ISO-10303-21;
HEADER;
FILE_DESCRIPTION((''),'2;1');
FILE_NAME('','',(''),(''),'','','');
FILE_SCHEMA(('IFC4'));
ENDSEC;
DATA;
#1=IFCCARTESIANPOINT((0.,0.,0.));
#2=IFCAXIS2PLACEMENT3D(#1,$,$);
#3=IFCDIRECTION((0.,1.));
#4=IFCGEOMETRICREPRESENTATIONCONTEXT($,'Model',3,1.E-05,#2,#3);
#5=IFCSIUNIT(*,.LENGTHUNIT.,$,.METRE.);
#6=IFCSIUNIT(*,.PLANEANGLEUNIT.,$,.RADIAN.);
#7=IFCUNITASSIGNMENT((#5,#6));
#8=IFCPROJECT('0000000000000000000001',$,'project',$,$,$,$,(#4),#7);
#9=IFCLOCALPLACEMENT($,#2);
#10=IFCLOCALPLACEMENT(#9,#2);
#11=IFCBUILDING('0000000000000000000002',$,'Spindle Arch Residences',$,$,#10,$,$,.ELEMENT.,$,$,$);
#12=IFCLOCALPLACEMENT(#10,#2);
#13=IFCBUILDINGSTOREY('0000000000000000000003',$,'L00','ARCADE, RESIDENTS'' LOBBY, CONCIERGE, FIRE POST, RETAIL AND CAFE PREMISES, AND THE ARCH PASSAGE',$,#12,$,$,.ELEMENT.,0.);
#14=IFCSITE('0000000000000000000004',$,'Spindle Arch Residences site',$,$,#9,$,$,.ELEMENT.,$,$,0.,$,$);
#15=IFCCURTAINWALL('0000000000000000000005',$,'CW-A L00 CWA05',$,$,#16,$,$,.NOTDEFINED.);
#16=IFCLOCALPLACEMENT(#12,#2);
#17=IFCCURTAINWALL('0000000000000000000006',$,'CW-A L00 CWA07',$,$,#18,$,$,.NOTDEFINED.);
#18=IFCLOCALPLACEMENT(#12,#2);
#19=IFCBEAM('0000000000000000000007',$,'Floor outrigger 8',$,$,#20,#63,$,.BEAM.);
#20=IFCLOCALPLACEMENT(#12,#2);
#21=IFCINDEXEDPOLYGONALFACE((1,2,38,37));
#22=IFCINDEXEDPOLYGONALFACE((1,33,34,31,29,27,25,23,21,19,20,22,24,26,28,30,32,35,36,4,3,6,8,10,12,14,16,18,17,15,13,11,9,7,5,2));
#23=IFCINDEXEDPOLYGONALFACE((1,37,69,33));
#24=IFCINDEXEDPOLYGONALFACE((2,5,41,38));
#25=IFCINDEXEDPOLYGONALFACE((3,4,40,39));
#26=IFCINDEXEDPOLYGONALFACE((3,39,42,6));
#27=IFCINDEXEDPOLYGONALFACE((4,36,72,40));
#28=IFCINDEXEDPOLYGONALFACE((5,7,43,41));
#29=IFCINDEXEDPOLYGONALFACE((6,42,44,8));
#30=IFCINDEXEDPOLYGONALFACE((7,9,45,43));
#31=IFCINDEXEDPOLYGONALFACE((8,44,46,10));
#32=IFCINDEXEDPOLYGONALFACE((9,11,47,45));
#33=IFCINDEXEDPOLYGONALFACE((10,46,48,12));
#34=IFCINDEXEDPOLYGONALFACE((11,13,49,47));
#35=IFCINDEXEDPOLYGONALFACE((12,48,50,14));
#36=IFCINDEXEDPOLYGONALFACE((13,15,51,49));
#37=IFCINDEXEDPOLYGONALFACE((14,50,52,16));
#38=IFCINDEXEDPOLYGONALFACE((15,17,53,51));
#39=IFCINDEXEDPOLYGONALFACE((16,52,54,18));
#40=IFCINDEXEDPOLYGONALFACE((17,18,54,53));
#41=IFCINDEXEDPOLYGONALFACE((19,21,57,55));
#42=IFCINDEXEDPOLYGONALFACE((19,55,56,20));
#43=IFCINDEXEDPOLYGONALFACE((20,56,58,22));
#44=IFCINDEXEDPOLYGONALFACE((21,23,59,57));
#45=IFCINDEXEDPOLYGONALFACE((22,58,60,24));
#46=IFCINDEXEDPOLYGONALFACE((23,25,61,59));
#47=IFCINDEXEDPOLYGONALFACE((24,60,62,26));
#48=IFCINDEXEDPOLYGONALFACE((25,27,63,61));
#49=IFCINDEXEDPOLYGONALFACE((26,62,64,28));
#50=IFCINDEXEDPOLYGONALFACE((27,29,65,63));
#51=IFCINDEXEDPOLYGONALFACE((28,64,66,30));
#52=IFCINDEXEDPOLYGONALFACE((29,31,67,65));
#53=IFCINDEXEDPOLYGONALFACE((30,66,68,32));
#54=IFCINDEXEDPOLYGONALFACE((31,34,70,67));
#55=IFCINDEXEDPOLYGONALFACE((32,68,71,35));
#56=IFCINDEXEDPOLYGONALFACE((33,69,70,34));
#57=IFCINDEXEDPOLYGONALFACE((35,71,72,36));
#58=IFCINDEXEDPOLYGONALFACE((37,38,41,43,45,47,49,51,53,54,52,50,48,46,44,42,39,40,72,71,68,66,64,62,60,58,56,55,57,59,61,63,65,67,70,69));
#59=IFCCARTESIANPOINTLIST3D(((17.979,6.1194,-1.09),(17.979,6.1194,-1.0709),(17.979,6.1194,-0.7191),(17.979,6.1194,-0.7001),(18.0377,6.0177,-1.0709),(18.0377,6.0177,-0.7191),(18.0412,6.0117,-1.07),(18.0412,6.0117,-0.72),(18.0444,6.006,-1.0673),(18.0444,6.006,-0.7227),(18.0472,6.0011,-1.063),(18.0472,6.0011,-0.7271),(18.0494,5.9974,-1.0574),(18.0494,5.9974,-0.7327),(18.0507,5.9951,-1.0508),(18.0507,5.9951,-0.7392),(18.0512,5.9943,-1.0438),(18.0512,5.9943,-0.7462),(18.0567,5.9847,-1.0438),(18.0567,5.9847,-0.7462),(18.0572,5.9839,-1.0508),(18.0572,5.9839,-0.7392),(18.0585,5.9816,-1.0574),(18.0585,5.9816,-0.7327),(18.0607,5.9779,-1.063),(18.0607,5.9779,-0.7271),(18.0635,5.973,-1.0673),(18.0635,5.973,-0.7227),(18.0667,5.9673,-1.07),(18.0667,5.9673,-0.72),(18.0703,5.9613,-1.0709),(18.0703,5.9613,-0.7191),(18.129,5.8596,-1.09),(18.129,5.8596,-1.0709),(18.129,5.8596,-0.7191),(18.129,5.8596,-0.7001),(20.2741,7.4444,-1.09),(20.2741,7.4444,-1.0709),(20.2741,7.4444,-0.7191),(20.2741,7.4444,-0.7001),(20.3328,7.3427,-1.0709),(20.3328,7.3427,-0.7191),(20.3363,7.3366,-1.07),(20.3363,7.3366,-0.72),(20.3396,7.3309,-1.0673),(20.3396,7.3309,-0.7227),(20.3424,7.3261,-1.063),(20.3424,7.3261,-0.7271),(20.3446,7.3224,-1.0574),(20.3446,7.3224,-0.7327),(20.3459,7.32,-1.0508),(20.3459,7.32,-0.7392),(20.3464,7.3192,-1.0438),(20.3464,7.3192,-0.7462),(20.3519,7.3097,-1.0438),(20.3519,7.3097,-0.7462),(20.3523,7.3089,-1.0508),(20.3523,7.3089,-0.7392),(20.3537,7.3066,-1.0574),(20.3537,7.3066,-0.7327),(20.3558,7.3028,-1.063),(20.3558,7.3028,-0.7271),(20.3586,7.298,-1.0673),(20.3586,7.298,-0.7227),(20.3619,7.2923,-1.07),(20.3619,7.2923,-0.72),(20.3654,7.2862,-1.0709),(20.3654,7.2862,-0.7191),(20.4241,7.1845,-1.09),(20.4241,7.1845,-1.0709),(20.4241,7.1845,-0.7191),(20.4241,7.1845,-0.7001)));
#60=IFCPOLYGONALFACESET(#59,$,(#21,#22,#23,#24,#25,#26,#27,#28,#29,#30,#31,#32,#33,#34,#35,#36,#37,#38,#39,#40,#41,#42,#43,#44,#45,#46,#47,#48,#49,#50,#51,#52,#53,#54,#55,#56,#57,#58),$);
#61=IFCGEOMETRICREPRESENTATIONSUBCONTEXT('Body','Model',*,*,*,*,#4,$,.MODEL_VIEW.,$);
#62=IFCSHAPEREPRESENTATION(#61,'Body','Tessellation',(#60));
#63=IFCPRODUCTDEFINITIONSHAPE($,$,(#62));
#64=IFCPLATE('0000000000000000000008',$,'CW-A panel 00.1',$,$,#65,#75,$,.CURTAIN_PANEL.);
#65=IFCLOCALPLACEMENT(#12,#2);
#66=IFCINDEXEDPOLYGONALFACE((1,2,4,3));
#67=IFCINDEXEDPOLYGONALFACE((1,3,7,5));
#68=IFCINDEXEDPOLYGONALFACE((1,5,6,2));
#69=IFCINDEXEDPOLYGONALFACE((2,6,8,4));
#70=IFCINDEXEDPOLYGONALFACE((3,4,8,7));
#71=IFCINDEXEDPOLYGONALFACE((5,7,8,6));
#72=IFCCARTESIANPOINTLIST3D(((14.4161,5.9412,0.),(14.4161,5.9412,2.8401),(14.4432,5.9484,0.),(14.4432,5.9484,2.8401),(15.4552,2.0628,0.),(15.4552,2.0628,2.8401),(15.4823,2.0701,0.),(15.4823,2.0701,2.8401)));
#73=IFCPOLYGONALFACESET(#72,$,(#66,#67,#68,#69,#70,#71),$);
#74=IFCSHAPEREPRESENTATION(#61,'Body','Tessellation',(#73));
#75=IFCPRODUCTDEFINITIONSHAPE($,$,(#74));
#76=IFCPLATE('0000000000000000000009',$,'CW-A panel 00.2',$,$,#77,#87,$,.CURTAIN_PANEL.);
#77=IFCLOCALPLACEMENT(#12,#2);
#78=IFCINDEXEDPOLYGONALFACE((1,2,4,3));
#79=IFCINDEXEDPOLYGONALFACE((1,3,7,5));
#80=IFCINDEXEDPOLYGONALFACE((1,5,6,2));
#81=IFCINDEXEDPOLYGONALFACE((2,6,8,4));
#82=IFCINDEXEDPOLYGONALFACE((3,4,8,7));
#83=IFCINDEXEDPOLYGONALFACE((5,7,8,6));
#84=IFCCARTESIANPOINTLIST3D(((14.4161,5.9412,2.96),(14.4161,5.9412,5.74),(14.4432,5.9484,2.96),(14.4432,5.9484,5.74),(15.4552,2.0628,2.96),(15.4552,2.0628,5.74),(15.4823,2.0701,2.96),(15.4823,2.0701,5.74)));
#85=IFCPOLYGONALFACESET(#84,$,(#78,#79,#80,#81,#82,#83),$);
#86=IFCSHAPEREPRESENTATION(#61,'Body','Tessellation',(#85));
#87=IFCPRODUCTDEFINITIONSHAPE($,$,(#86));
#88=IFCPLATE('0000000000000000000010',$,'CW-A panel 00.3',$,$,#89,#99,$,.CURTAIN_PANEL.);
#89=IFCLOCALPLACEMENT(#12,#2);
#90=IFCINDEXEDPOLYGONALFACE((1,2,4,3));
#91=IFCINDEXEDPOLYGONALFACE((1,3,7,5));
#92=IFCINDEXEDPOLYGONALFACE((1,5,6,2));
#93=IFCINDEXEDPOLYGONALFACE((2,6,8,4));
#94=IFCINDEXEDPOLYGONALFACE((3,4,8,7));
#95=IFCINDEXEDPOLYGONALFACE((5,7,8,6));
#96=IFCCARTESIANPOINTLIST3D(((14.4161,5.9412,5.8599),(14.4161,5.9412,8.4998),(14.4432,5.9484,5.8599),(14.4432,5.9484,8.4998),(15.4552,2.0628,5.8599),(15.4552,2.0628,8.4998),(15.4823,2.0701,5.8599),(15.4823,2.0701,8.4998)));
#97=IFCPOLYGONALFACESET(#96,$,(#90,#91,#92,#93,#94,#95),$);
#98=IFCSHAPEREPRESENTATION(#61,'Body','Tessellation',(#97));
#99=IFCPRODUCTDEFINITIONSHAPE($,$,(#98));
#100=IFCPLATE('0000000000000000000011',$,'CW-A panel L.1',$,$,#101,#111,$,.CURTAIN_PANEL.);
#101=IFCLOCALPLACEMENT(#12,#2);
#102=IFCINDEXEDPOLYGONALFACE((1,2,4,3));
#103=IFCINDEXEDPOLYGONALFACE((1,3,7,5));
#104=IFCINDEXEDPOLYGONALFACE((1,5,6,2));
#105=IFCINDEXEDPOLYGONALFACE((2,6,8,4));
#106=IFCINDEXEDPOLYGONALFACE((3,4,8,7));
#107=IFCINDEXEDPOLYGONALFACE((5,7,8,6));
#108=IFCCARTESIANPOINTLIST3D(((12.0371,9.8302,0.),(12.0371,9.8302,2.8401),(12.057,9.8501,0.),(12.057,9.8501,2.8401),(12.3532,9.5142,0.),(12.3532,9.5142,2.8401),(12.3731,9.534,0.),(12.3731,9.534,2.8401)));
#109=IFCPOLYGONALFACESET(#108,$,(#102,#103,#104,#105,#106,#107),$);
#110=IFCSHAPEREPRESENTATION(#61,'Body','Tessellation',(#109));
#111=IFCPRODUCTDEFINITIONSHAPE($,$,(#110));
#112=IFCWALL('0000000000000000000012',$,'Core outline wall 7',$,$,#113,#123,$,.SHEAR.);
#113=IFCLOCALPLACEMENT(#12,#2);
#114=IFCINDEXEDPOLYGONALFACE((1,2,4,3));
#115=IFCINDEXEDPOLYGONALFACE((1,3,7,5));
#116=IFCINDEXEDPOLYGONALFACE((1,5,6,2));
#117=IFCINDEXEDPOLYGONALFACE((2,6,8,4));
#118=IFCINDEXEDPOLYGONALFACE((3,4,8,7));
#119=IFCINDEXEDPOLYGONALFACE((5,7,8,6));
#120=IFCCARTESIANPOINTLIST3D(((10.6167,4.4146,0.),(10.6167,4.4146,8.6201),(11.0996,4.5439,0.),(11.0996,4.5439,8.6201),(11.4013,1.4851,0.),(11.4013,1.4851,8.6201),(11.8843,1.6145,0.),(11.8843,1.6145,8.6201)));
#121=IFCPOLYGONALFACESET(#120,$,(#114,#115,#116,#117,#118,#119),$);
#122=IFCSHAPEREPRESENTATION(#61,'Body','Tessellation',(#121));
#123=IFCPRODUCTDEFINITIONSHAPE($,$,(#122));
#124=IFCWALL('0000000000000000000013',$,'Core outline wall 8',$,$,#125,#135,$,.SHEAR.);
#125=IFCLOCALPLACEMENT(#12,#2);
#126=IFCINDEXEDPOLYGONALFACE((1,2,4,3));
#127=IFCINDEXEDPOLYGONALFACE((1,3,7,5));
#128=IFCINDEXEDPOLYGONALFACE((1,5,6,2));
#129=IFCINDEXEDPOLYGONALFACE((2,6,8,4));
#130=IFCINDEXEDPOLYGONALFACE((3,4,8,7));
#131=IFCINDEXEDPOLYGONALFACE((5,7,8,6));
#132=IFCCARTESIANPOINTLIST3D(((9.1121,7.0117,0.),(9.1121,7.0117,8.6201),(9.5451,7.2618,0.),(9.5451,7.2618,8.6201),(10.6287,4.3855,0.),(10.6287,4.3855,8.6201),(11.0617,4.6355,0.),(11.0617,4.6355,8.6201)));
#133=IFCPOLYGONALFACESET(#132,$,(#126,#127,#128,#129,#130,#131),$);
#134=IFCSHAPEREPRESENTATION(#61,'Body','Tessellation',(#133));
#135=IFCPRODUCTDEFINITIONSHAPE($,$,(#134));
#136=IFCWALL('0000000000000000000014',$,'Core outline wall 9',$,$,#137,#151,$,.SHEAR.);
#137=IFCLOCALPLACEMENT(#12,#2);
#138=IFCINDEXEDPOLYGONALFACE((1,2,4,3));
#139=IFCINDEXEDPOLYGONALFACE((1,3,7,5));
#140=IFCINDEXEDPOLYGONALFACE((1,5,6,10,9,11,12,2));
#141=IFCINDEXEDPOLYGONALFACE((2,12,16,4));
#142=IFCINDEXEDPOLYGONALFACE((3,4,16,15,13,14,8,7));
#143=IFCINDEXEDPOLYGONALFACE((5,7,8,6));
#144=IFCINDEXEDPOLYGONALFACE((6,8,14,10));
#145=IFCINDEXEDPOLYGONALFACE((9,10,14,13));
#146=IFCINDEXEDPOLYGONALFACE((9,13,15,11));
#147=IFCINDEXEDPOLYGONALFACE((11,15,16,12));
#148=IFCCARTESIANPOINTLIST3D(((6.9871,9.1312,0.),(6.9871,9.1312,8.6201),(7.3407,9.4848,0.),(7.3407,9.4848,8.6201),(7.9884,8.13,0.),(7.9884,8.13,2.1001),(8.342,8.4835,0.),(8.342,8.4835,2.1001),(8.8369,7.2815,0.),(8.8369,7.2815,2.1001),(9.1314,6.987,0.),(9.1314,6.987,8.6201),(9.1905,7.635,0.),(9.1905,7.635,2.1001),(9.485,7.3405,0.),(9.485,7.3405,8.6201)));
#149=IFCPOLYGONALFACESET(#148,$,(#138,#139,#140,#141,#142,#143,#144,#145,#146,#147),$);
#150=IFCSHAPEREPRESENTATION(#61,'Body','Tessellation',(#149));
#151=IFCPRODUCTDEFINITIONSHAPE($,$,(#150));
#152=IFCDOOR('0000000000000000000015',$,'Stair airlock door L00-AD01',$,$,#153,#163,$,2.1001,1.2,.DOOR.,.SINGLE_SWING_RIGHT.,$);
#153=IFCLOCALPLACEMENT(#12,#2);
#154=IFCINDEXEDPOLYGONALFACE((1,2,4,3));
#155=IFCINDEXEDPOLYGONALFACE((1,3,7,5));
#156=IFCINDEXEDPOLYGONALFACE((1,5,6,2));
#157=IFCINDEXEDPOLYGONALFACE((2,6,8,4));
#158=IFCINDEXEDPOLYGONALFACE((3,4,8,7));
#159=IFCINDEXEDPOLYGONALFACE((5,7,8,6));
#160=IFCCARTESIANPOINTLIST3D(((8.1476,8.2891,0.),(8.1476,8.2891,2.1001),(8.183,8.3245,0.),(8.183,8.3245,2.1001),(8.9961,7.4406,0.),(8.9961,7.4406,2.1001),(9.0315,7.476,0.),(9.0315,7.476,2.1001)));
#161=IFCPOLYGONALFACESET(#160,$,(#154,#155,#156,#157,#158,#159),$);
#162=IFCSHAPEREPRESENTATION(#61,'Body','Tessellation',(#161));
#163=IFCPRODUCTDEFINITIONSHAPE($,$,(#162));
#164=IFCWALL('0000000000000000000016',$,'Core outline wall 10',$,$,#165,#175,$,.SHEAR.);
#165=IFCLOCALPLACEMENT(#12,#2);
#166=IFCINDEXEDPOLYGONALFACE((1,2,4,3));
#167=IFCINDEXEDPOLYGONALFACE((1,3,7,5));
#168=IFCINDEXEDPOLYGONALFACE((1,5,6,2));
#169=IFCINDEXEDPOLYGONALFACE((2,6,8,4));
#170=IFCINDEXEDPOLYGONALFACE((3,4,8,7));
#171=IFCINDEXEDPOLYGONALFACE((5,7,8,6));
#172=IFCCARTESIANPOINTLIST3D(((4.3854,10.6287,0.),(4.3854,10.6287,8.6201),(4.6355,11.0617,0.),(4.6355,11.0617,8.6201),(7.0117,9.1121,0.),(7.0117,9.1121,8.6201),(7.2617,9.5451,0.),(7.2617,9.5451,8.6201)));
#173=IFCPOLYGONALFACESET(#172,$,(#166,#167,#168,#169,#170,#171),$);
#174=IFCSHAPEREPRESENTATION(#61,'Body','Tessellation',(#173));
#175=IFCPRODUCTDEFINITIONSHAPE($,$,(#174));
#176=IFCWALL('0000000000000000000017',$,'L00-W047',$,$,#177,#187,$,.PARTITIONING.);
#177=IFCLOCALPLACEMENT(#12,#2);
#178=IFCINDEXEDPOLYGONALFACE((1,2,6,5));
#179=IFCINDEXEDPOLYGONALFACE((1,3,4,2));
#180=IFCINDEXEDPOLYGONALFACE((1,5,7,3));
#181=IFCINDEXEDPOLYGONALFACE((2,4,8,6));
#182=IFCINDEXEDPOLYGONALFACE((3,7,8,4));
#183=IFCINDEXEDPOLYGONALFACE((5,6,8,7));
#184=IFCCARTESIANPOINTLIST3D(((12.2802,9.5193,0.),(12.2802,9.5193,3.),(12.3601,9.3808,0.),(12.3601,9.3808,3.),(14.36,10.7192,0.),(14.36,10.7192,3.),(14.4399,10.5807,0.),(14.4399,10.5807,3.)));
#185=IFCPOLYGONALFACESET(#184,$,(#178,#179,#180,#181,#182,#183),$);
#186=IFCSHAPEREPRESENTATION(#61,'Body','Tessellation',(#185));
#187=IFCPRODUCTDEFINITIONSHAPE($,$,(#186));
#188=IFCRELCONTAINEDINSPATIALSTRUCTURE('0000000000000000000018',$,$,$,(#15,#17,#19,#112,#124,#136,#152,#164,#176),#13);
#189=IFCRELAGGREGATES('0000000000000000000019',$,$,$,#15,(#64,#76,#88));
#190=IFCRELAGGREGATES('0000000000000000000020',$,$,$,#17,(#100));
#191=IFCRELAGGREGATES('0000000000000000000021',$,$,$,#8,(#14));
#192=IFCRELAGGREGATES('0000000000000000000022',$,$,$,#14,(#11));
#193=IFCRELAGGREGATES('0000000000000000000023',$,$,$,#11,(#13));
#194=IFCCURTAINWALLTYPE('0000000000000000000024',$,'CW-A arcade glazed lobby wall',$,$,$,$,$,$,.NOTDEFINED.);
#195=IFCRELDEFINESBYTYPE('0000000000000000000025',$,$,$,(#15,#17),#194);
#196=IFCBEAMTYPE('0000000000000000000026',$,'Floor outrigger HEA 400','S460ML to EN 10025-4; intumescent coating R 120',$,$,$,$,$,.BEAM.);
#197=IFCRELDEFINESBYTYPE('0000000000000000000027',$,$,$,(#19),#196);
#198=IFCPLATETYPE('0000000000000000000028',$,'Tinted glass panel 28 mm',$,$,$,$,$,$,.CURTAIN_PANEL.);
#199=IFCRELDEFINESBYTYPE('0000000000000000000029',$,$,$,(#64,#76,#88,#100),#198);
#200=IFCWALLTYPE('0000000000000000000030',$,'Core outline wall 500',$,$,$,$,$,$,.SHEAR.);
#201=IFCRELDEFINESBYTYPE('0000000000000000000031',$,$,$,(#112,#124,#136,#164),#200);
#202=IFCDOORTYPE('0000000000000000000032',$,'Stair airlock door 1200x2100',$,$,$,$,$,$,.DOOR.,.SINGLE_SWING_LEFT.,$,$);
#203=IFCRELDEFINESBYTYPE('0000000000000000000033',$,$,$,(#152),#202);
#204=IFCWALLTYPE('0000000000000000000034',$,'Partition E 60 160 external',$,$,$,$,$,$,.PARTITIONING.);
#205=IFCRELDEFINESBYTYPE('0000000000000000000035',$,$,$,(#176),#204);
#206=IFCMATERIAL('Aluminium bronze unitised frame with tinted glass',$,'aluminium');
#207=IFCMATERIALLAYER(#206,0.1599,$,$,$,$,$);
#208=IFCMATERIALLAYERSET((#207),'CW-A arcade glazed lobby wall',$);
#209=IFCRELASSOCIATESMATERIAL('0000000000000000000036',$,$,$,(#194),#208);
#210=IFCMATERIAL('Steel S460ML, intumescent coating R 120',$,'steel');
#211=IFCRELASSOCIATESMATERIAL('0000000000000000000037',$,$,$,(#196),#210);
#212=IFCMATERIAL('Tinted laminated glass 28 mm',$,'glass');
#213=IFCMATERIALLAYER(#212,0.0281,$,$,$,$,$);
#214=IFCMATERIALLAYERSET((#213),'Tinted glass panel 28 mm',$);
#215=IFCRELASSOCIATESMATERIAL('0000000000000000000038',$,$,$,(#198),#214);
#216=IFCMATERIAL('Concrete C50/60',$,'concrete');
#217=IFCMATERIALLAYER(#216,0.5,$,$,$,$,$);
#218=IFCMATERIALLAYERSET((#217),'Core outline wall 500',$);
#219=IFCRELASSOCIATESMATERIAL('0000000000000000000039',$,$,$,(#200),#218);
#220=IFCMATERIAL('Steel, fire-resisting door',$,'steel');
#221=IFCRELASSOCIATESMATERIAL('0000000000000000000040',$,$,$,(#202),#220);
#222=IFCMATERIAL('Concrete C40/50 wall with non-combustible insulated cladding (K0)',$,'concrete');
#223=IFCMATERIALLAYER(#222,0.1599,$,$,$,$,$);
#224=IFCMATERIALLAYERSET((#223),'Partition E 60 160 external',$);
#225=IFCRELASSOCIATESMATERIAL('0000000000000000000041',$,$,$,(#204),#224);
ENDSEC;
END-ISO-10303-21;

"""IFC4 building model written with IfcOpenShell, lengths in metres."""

from ifc_helpers import new_model, si_unit, direction, frame, frame_2d, origin, origin_2d, place, context, subcontext, project, spatial, rectangle, i_section, extrude, material, layer, layer_set, material_profile, profile_set, type_object, element, fill, aggregate, save


model = new_model("IFC4")

# Units and contexts
model_context = context("Model", 3, precision=1e-05, world=origin(), true_north=direction((0.0, 1.0)))
body_context = subcontext(model_context, "Body", "Model", "MODEL_VIEW")
ifc_project = project(units=[si_unit("LENGTHUNIT", "METRE"), si_unit("PLANEANGLEUNIT", "RADIAN")], contexts=[model_context])

# Site, building, storey
site_placement = place(None, origin())
site = spatial("IfcSite", under=ifc_project, at=site_placement, Name="Spindle Arch Residences site", CompositionType="ELEMENT", RefElevation=0.0)
building_placement = place(site_placement, origin())
building = spatial("IfcBuilding", under=site, at=building_placement, Name="Spindle Arch Residences", CompositionType="ELEMENT")
storey_placement = place(building_placement, origin())
storey = spatial("IfcBuildingStorey", under=building, at=storey_placement, Name="L00", Description="ARCADE, RESIDENTS' LOBBY, CONCIERGE, FIRE POST, RETAIL AND CAFE PREMISES, AND THE ARCH PASSAGE", CompositionType="ELEMENT", Elevation=0.0)

# Curtain walls
ifc_material_1 = material(Name="Aluminium bronze unitised frame with tinted glass", Category="aluminium")
ifc_layer_1 = layer(ifc_material_1, 0.1599)
ifc_layer_set_1 = layer_set([ifc_layer_1], Name="CW-A arcade glazed lobby wall")
curtain_wall_type = type_object("IfcCurtainWallType", Name="CW-A arcade glazed lobby wall", PredefinedType="NOTDEFINED", material=ifc_layer_set_1)
curtain_wall_1_placement = place(storey_placement, origin())
curtain_wall_1 = element("IfcCurtainWall", 1, at=curtain_wall_1_placement, inside=storey, type_object=curtain_wall_type, Name="CW-A L00 CWA05", PredefinedType="NOTDEFINED")
curtain_wall_2_placement = place(storey_placement, origin())
curtain_wall_2 = element("IfcCurtainWall", 2, at=curtain_wall_2_placement, inside=storey, type_object=curtain_wall_type, Name="CW-A L00 CWA07", PredefinedType="NOTDEFINED")

# Beam
ifc_material_2 = material(Name="Steel S460ML, intumescent coating R 120", Category="steel")
ifc_material_profile_1 = material_profile(ifc_material_2, i_section(OverallWidth=0.3, OverallDepth=0.3899, WebThickness=0.011, FlangeThickness=0.019, FilletRadius=0.0271, at=origin_2d()), Name="HEA 400")
ifc_profile_set_1 = profile_set([ifc_material_profile_1], Name="Steel S460ML, intumescent coating R 120")
beam_type_1 = type_object("IfcBeamType", Name="Floor outrigger HEA 400", Description="S460ML to EN 10025-4; intumescent coating R 120", PredefinedType="BEAM", material=ifc_profile_set_1)
beam_1_placement = place(storey_placement, frame((20.3491, 7.3145, -0.895), z_axis=(-0.866052, -0.499954, 0.0), x_axis=(0.499954, -0.866052, 0.0)))
element("IfcBeam", 3, at=beam_1_placement, inside=storey, type_object=beam_type_1, Name="Floor outrigger 8", PredefinedType="BEAM", context=body_context, shape_type="SweptSolid", body=[
    extrude(i_section(OverallWidth=0.3, OverallDepth=0.3899, WebThickness=0.011, FlangeThickness=0.019, FilletRadius=0.0271, at=origin_2d()), origin(), (0.0, 0.0, 1.0), 2.6501),
])

# Plates
ifc_material_3 = material(Name="Tinted laminated glass 28 mm", Category="glass")
ifc_layer_2 = layer(ifc_material_3, 0.0281)
ifc_layer_set_2 = layer_set([ifc_layer_2], Name="Tinted glass panel 28 mm")
plate_type = type_object("IfcPlateType", Name="Tinted glass panel 28 mm", PredefinedType="CURTAIN_PANEL", material=ifc_layer_set_2)
plate_1_placement = place(storey_placement, frame((14.9492, 4.0056, 0.0), z_axis=(0.0, 0.0, 1.0), x_axis=(-0.258786, 0.965935, 0.0)))
plate_1 = element("IfcPlate", 4, at=plate_1_placement, type_object=plate_type, Name="CW-A panel 00.1", PredefinedType="CURTAIN_PANEL", context=body_context, shape_type="SweptSolid", body=[
    extrude(rectangle(XDim=4.0151, YDim=0.0281, at=origin_2d()), origin(), (0.0, 0.0, 1.0), 2.8401),
])
plate_2_placement = place(storey_placement, frame((14.9492, 4.0056, 2.96), z_axis=(0.0, 0.0, 1.0), x_axis=(-0.258786, 0.965935, 0.0)))
plate_2 = element("IfcPlate", 5, at=plate_2_placement, type_object=plate_type, Name="CW-A panel 00.2", PredefinedType="CURTAIN_PANEL", context=body_context, shape_type="SweptSolid", body=[
    extrude(rectangle(XDim=4.0151, YDim=0.0281, at=origin_2d()), origin(), (0.0, 0.0, 1.0), 2.78),
])
plate_3_placement = place(storey_placement, frame((14.9492, 4.0056, 5.8599), z_axis=(0.0, 0.0, 1.0), x_axis=(-0.258786, 0.965935, 0.0)))
plate_3 = element("IfcPlate", 6, at=plate_3_placement, type_object=plate_type, Name="CW-A panel 00.3", PredefinedType="CURTAIN_PANEL", context=body_context, shape_type="SweptSolid", body=[
    extrude(rectangle(XDim=4.0151, YDim=0.0281, at=origin_2d()), origin(), (0.0, 0.0, 1.0), 2.6399),
])
aggregate(curtain_wall_1, [plate_1, plate_2, plate_3])
plate_4_placement = place(storey_placement, frame((12.2051, 9.6821, 0.0), z_axis=(0.0, 0.0, 1.0), x_axis=(-0.707107, 0.707107, 0.0)))
plate_4 = element("IfcPlate", 7, at=plate_4_placement, type_object=plate_type, Name="CW-A panel L.1", PredefinedType="CURTAIN_PANEL", context=body_context, shape_type="SweptSolid", body=[
    extrude(rectangle(XDim=0.447, YDim=0.0281, at=origin_2d()), origin(), (0.0, 0.0, 1.0), 2.8401),
])
aggregate(curtain_wall_2, [plate_4])

# Walls
ifc_material_4 = material(Name="Concrete C50/60", Category="concrete")
ifc_layer_3 = layer(ifc_material_4, 0.5)
ifc_layer_set_3 = layer_set([ifc_layer_3], Name="Core outline wall 500")
wall_type_1 = type_object("IfcWallType", Name="Core outline wall 500", PredefinedType="SHEAR", material=ifc_layer_set_3)
for number, where, z_axis, x_axis, name in (
    (8, (11.6428, 1.5498, 0.0), (0.0, 0.0, 1.0), (-0.258735, 0.965948, 0.0), "Core outline wall 7"),
    (9, (10.8452, 4.5105, 0.0), (0.0, 0.0, 1.0), (-0.500087, 0.865975, 0.0), "Core outline wall 8"),
):
    element("IfcWall", number, at=place(storey_placement, frame(where, z_axis=z_axis, x_axis=x_axis)), inside=storey, type_object=wall_type_1, Name=name, PredefinedType="SHEAR", context=body_context, shape_type="SweptSolid", body=[
        extrude(rectangle(XDim=3.0327, YDim=0.5, at=frame_2d((1.5164, 0.0))), origin(), (0.0, 0.0, 1.0), 8.6201),
    ])

# Wall, opening, door
wall_1_placement = place(storey_placement, frame((9.3081, 7.1638, 0.0), z_axis=(0.0, 0.0, 1.0), x_axis=(-0.707107, 0.707107, 0.0)))
wall_1 = element("IfcWall", 10, at=wall_1_placement, inside=storey, type_object=wall_type_1, Name="Core outline wall 9", PredefinedType="SHEAR", context=body_context, shape_type="SweptSolid", body=[
    extrude(rectangle(XDim=3.0325, YDim=0.5, at=frame_2d((1.5161, 0.0))), origin(), (0.0, 0.0, 1.0), 8.6201),
])
opening_1_placement = place(wall_1_placement, frame((0.4163, 0.0, 0.0)))
opening_1 = element("IfcOpeningElement", 11, at=opening_1_placement, cuts=wall_1, PredefinedType="OPENING", context=body_context, shape_type="SweptSolid", body=[
    extrude(rectangle(XDim=1.2, YDim=2.1001, at=frame_2d((0.6001, 1.05))), frame((0.0, 0.26, 0.0), z_axis=(0.0, -1.0, 0.0), x_axis=(1.0, 0.0, 0.0)), (0.0, 0.0, 1.0), 0.52),
])
ifc_material_5 = material(Name="Steel, fire-resisting door", Category="steel")
door_type_1 = type_object("IfcDoorType", Name="Stair airlock door 1200x2100", OperationType="SINGLE_SWING_LEFT", PredefinedType="DOOR", material=ifc_material_5)
door_1_placement = place(opening_1_placement, origin())
door_1 = element("IfcDoor", 12, at=door_1_placement, inside=storey, type_object=door_type_1, Name="Stair airlock door L00-AD01", OperationType="SINGLE_SWING_RIGHT", OverallHeight=2.1001, OverallWidth=1.2, PredefinedType="DOOR", context=body_context, shape_type="SweptSolid", body=[
    extrude(rectangle(XDim=1.2, YDim=2.1001, at=frame_2d((0.6001, 1.05))), frame((0.0, 0.0249, 0.0), z_axis=(0.0, -1.0, 0.0), x_axis=(1.0, 0.0, 0.0)), (0.0, 0.0, 1.0), 0.05),
])
fill(opening_1, door_1)

# Walls
wall_2_placement = place(storey_placement, frame((7.1367, 9.3286, 0.0), z_axis=(0.0, 0.0, 1.0), x_axis=(-0.865975, 0.500087, 0.0)))
element("IfcWall", 13, at=wall_2_placement, inside=storey, type_object=wall_type_1, Name="Core outline wall 10", PredefinedType="SHEAR", context=body_context, shape_type="SweptSolid", body=[
    extrude(rectangle(XDim=3.0327, YDim=0.5, at=frame_2d((1.5164, 0.0))), origin(), (0.0, 0.0, 1.0), 8.6201),
])
ifc_material_6 = material(Name="Concrete C40/50 wall with non-combustible insulated cladding (K0)", Category="concrete")
ifc_layer_4 = layer(ifc_material_6, 0.1599)
ifc_layer_set_4 = layer_set([ifc_layer_4], Name="Partition E 60 160 external")
wall_type_2 = type_object("IfcWallType", Name="Partition E 60 160 external", PredefinedType="PARTITIONING", material=ifc_layer_set_4)
wall_3_placement = place(storey_placement, frame((12.3201, 9.45, 0.0), z_axis=(0.0, 0.0, 1.0), x_axis=(0.866177, 0.499737, 0.0)))
element("IfcWall", 14, at=wall_3_placement, inside=storey, type_object=wall_type_2, Name="L00-W047", PredefinedType="PARTITIONING", context=body_context, shape_type="SweptSolid", body=[
    extrude(rectangle(XDim=2.4011, YDim=0.1599, at=frame_2d((1.2007, 0.0))), origin(), (0.0, 0.0, 1.0), 3.0),
])

save(model, "model.ifc")
